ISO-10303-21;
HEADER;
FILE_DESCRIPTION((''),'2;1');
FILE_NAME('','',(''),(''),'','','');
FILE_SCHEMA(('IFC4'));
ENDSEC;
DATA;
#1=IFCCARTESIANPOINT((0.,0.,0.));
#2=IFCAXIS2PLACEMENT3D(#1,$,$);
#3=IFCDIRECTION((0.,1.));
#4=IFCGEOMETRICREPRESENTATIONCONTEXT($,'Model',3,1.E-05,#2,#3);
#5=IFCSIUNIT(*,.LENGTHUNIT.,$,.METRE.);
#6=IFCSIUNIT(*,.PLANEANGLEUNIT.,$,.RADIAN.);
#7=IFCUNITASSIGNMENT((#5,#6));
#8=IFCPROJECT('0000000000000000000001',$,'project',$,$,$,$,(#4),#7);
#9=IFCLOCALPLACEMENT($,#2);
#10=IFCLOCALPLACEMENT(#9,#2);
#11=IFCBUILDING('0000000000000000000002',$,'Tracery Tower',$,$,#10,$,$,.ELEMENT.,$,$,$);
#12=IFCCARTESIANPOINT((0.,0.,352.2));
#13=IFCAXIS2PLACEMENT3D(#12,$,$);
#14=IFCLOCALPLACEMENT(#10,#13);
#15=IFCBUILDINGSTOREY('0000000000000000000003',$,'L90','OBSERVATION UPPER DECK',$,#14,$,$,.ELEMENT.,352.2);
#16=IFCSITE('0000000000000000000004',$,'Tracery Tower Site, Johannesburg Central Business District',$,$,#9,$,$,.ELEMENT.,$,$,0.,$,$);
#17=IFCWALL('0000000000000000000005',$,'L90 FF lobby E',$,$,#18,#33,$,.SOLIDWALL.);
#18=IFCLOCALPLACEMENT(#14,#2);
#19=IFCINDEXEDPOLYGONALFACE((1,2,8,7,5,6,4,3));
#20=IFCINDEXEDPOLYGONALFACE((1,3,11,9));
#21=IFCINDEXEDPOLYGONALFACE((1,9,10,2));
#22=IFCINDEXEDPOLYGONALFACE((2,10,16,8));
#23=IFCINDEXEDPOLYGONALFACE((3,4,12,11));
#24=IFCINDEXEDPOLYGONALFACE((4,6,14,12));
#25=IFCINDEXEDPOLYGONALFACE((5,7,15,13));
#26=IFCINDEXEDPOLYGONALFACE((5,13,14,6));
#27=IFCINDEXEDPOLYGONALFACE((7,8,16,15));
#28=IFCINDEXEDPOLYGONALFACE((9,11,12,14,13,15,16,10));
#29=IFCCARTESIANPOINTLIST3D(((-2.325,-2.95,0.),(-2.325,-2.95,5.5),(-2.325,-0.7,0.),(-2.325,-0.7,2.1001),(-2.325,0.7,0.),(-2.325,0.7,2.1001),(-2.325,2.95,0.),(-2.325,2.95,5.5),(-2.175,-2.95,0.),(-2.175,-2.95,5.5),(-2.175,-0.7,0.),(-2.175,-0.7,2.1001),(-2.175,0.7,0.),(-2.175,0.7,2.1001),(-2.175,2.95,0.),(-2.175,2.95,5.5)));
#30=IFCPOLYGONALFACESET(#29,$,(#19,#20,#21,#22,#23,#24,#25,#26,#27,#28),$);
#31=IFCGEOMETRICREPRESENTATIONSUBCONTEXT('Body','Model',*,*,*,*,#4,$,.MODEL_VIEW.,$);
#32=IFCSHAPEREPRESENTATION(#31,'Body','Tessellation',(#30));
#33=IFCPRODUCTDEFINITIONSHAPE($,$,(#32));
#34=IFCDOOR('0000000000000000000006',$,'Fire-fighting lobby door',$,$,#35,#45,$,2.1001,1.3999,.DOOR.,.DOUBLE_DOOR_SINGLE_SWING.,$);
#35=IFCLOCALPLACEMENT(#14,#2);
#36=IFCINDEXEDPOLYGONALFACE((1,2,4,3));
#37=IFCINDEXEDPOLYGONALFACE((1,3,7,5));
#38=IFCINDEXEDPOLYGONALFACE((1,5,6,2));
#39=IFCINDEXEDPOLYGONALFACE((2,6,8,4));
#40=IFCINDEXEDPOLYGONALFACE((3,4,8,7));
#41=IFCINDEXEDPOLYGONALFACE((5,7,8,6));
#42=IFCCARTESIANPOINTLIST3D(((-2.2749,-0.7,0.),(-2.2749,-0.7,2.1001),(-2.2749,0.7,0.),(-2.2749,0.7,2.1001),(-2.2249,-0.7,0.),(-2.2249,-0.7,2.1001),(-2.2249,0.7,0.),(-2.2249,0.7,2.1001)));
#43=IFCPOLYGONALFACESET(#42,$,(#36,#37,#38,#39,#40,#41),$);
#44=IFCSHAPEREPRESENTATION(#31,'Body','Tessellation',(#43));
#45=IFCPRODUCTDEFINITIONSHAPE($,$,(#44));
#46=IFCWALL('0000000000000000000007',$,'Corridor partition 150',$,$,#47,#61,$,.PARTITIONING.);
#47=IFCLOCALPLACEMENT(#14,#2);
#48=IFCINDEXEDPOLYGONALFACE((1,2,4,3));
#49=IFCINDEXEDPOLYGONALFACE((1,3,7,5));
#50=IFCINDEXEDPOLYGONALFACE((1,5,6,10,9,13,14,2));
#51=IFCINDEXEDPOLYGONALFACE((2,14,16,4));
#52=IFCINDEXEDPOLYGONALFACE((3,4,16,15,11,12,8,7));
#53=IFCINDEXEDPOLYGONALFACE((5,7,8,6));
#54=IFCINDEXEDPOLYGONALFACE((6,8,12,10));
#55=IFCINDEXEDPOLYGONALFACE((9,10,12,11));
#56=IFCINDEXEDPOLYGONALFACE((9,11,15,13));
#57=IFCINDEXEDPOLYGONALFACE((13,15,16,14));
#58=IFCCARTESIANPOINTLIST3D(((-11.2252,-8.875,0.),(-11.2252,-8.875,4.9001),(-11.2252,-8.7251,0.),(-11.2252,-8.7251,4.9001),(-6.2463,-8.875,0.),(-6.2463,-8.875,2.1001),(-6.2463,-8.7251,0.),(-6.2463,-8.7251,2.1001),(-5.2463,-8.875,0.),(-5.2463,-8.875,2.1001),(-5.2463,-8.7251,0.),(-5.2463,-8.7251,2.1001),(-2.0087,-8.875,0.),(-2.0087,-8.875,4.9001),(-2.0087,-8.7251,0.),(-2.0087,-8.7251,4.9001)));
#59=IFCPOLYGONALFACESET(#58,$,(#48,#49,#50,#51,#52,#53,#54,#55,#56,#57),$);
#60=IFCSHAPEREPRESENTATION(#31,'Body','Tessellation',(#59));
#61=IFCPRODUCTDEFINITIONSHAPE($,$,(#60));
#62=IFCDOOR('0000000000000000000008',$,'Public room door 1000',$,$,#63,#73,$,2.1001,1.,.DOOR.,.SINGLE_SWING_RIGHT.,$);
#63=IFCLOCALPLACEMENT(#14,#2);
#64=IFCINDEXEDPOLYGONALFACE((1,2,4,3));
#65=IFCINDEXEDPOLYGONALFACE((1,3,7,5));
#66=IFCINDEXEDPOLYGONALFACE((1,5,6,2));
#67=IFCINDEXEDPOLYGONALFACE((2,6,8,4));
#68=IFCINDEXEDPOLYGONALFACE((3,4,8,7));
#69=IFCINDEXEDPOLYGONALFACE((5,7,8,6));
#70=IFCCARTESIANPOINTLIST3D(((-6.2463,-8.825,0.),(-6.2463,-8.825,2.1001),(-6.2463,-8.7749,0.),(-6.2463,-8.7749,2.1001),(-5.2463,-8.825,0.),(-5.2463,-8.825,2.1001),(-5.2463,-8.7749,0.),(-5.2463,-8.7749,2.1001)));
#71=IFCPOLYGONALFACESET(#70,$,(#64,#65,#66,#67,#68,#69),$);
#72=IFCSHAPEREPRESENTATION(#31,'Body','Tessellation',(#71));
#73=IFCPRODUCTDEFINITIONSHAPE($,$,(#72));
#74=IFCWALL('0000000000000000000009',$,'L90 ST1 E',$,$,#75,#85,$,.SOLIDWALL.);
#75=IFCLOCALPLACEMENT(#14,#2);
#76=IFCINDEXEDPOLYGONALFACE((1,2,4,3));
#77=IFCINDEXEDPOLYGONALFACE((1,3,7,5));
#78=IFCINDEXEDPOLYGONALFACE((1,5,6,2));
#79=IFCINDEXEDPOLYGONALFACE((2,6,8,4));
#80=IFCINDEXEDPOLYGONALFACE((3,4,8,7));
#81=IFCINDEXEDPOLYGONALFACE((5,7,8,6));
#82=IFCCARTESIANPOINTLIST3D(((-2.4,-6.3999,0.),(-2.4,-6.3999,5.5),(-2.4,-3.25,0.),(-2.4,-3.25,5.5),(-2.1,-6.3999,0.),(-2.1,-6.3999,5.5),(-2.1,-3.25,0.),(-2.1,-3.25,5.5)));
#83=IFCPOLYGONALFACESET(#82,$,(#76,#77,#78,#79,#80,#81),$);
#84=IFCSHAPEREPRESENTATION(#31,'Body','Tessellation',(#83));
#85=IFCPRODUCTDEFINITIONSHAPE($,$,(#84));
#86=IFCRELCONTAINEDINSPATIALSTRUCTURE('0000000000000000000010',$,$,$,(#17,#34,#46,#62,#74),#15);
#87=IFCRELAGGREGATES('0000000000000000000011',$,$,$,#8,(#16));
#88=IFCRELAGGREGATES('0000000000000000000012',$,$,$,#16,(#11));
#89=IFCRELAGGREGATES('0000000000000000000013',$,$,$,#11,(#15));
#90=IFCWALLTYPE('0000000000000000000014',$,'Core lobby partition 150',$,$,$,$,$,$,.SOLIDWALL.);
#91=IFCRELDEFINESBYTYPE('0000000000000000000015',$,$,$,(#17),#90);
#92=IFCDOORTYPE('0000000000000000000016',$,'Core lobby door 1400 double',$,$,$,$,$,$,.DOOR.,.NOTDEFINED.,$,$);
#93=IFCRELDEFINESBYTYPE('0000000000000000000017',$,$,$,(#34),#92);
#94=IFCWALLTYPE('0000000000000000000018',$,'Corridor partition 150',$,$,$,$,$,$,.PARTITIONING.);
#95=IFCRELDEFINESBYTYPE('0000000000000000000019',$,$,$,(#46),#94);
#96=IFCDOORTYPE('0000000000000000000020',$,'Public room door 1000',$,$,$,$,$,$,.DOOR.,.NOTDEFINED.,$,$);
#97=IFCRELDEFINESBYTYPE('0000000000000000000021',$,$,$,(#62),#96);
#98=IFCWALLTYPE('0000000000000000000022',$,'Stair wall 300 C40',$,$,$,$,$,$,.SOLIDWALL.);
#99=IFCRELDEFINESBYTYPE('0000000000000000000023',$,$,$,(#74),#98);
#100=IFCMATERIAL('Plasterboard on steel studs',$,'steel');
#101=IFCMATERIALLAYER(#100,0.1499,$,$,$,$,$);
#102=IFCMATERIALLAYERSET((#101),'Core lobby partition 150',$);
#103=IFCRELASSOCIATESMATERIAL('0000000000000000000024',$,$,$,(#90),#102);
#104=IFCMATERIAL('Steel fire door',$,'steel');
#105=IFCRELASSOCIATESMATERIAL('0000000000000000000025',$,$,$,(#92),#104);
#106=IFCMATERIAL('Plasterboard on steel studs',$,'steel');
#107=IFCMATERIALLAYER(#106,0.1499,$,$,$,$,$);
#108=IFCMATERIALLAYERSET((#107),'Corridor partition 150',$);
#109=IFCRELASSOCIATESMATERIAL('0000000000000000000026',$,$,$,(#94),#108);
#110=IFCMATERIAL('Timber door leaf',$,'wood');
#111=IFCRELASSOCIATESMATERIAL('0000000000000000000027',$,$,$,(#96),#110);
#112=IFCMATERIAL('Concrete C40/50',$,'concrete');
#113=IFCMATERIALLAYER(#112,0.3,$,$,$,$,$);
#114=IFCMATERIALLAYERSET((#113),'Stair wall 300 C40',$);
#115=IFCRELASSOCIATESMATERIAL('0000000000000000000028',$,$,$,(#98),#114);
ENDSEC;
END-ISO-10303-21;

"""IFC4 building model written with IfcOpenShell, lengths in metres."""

from ifc_helpers import new_model, si_unit, direction, frame, frame_2d, origin, place, context, subcontext, project, spatial, rectangle, extrude, material, layer, layer_set, type_object, element, fill, save


model = new_model("IFC4")

# Units and contexts
model_context = context("Model", 3, precision=1e-05, world=origin(), true_north=direction((0.0, 1.0)))
body_context = subcontext(model_context, "Body", "Model", "MODEL_VIEW")
ifc_project = project(units=[si_unit("LENGTHUNIT", "METRE"), si_unit("PLANEANGLEUNIT", "RADIAN")], contexts=[model_context])

# Site, building, storey
site_placement = place(None, origin())
site = spatial("IfcSite", under=ifc_project, at=site_placement, Name="Tracery Tower Site, Johannesburg Central Business District", CompositionType="ELEMENT", RefElevation=0.0)
building_placement = place(site_placement, origin())
building = spatial("IfcBuilding", under=site, at=building_placement, Name="Tracery Tower", CompositionType="ELEMENT")
storey_placement = place(building_placement, frame((0.0, 0.0, 352.2)))
storey = spatial("IfcBuildingStorey", under=building, at=storey_placement, Name="L90", Description="OBSERVATION UPPER DECK", CompositionType="ELEMENT", Elevation=352.2)

# Walls, openings, doors
ifc_material_1 = material(Name="Plasterboard on steel studs", Category="steel")
ifc_layer_1 = layer(ifc_material_1, 0.1499)
ifc_layer_set_1 = layer_set([ifc_layer_1], Name="Core lobby partition 150")
wall_type_1 = type_object("IfcWallType", Name="Core lobby partition 150", PredefinedType="SOLIDWALL", material=ifc_layer_set_1)
wall_1_placement = place(storey_placement, frame((-2.25, -2.95, 0.0), z_axis=(0.0, 0.0, 1.0), x_axis=(0.0, 1.0, 0.0)))
wall_1 = element("IfcWall", 1, at=wall_1_placement, inside=storey, type_object=wall_type_1, Name="L90 FF lobby E", PredefinedType="SOLIDWALL", context=body_context, shape_type="SweptSolid", body=[
    extrude(rectangle(XDim=5.8999, YDim=0.1499, at=frame_2d((2.95, 0.0))), origin(), (0.0, 0.0, 1.0), 5.5),
])
opening_1_placement = place(wall_1_placement, frame((2.25, 0.0, 0.0)))
opening_1 = element("IfcOpeningElement", 2, at=opening_1_placement, cuts=wall_1, PredefinedType="OPENING", context=body_context, shape_type="SweptSolid", body=[
    extrude(rectangle(XDim=1.3999, YDim=2.1001, at=frame_2d((0.7, 1.05))), frame((0.0, 0.075, 0.0), z_axis=(0.0, -1.0, 0.0), x_axis=(1.0, 0.0, 0.0)), (0.0, 0.0, 1.0), 0.1499),
])
ifc_material_2 = material(Name="Steel fire door", Category="steel")
door_type_1 = type_object("IfcDoorType", Name="Core lobby door 1400 double", OperationType="NOTDEFINED", PredefinedType="DOOR", material=ifc_material_2)
door_1_placement = place(opening_1_placement, origin())
door_1 = element("IfcDoor", 3, at=door_1_placement, inside=storey, type_object=door_type_1, Name="Fire-fighting lobby door", OperationType="DOUBLE_DOOR_SINGLE_SWING", OverallHeight=2.1001, OverallWidth=1.3999, PredefinedType="DOOR", context=body_context, shape_type="SweptSolid", body=[
    extrude(rectangle(XDim=1.3999, YDim=2.1001, at=frame_2d((0.7, 1.05))), frame((0.0, 0.0249, 0.0), z_axis=(0.0, -1.0, 0.0), x_axis=(1.0, 0.0, 0.0)), (0.0, 0.0, 1.0), 0.05),
])
fill(opening_1, door_1)
ifc_material_3 = material(Name="Plasterboard on steel studs", Category="steel")
ifc_layer_2 = layer(ifc_material_3, 0.1499)
ifc_layer_set_2 = layer_set([ifc_layer_2], Name="Corridor partition 150")
wall_type_2 = type_object("IfcWallType", Name="Corridor partition 150", PredefinedType="PARTITIONING", material=ifc_layer_set_2)
wall_2_placement = place(storey_placement, frame((-2.0085, -8.8, 0.0), z_axis=(0.0, 0.0, 1.0), x_axis=(-1.0, 0.0, 0.0)))
wall_2 = element("IfcWall", 4, at=wall_2_placement, inside=storey, type_object=wall_type_2, Name="Corridor partition 150", PredefinedType="PARTITIONING", context=body_context, shape_type="SweptSolid", body=[
    extrude(rectangle(XDim=9.2166, YDim=0.1499, at=frame_2d((4.6084, 0.0))), origin(), (0.0, 0.0, 1.0), 4.9001),
])
opening_2_placement = place(wall_2_placement, frame((3.2378, 0.0, 0.0)))
opening_2 = element("IfcOpeningElement", 5, at=opening_2_placement, cuts=wall_2, PredefinedType="OPENING", context=body_context, shape_type="SweptSolid", body=[
    extrude(rectangle(XDim=1.0, YDim=2.1001, at=frame_2d((0.5, 1.05))), frame((0.0, 0.075, 0.0), z_axis=(0.0, -1.0, 0.0), x_axis=(1.0, 0.0, 0.0)), (0.0, 0.0, 1.0), 0.1499),
])
ifc_material_4 = material(Name="Timber door leaf", Category="wood")
door_type_2 = type_object("IfcDoorType", Name="Public room door 1000", OperationType="NOTDEFINED", PredefinedType="DOOR", material=ifc_material_4)
door_2_placement = place(opening_2_placement, origin())
door_2 = element("IfcDoor", 6, at=door_2_placement, inside=storey, type_object=door_type_2, Name="Public room door 1000", OperationType="SINGLE_SWING_RIGHT", OverallHeight=2.1001, OverallWidth=1.0, PredefinedType="DOOR", context=body_context, shape_type="SweptSolid", body=[
    extrude(rectangle(XDim=1.0, YDim=2.1001, at=frame_2d((0.5, 1.05))), frame((0.0, 0.0249, 0.0), z_axis=(0.0, -1.0, 0.0), x_axis=(1.0, 0.0, 0.0)), (0.0, 0.0, 1.0), 0.05),
])
fill(opening_2, door_2)

# Wall
ifc_material_5 = material(Name="Concrete C40/50", Category="concrete")
ifc_layer_3 = layer(ifc_material_5, 0.3)
ifc_layer_set_3 = layer_set([ifc_layer_3], Name="Stair wall 300 C40")
wall_type_3 = type_object("IfcWallType", Name="Stair wall 300 C40", PredefinedType="SOLIDWALL", material=ifc_layer_set_3)
wall_3_placement = place(storey_placement, frame((-2.25, -6.3999, 0.0), z_axis=(0.0, 0.0, 1.0), x_axis=(0.0, 1.0, 0.0)))
element("IfcWall", 7, at=wall_3_placement, inside=storey, type_object=wall_type_3, Name="L90 ST1 E", PredefinedType="SOLIDWALL", context=body_context, shape_type="SweptSolid", body=[
    extrude(rectangle(XDim=3.1499, YDim=0.3, at=frame_2d((1.575, 0.0))), origin(), (0.0, 0.0, 1.0), 5.5),
])

save(model, "model.ifc")
